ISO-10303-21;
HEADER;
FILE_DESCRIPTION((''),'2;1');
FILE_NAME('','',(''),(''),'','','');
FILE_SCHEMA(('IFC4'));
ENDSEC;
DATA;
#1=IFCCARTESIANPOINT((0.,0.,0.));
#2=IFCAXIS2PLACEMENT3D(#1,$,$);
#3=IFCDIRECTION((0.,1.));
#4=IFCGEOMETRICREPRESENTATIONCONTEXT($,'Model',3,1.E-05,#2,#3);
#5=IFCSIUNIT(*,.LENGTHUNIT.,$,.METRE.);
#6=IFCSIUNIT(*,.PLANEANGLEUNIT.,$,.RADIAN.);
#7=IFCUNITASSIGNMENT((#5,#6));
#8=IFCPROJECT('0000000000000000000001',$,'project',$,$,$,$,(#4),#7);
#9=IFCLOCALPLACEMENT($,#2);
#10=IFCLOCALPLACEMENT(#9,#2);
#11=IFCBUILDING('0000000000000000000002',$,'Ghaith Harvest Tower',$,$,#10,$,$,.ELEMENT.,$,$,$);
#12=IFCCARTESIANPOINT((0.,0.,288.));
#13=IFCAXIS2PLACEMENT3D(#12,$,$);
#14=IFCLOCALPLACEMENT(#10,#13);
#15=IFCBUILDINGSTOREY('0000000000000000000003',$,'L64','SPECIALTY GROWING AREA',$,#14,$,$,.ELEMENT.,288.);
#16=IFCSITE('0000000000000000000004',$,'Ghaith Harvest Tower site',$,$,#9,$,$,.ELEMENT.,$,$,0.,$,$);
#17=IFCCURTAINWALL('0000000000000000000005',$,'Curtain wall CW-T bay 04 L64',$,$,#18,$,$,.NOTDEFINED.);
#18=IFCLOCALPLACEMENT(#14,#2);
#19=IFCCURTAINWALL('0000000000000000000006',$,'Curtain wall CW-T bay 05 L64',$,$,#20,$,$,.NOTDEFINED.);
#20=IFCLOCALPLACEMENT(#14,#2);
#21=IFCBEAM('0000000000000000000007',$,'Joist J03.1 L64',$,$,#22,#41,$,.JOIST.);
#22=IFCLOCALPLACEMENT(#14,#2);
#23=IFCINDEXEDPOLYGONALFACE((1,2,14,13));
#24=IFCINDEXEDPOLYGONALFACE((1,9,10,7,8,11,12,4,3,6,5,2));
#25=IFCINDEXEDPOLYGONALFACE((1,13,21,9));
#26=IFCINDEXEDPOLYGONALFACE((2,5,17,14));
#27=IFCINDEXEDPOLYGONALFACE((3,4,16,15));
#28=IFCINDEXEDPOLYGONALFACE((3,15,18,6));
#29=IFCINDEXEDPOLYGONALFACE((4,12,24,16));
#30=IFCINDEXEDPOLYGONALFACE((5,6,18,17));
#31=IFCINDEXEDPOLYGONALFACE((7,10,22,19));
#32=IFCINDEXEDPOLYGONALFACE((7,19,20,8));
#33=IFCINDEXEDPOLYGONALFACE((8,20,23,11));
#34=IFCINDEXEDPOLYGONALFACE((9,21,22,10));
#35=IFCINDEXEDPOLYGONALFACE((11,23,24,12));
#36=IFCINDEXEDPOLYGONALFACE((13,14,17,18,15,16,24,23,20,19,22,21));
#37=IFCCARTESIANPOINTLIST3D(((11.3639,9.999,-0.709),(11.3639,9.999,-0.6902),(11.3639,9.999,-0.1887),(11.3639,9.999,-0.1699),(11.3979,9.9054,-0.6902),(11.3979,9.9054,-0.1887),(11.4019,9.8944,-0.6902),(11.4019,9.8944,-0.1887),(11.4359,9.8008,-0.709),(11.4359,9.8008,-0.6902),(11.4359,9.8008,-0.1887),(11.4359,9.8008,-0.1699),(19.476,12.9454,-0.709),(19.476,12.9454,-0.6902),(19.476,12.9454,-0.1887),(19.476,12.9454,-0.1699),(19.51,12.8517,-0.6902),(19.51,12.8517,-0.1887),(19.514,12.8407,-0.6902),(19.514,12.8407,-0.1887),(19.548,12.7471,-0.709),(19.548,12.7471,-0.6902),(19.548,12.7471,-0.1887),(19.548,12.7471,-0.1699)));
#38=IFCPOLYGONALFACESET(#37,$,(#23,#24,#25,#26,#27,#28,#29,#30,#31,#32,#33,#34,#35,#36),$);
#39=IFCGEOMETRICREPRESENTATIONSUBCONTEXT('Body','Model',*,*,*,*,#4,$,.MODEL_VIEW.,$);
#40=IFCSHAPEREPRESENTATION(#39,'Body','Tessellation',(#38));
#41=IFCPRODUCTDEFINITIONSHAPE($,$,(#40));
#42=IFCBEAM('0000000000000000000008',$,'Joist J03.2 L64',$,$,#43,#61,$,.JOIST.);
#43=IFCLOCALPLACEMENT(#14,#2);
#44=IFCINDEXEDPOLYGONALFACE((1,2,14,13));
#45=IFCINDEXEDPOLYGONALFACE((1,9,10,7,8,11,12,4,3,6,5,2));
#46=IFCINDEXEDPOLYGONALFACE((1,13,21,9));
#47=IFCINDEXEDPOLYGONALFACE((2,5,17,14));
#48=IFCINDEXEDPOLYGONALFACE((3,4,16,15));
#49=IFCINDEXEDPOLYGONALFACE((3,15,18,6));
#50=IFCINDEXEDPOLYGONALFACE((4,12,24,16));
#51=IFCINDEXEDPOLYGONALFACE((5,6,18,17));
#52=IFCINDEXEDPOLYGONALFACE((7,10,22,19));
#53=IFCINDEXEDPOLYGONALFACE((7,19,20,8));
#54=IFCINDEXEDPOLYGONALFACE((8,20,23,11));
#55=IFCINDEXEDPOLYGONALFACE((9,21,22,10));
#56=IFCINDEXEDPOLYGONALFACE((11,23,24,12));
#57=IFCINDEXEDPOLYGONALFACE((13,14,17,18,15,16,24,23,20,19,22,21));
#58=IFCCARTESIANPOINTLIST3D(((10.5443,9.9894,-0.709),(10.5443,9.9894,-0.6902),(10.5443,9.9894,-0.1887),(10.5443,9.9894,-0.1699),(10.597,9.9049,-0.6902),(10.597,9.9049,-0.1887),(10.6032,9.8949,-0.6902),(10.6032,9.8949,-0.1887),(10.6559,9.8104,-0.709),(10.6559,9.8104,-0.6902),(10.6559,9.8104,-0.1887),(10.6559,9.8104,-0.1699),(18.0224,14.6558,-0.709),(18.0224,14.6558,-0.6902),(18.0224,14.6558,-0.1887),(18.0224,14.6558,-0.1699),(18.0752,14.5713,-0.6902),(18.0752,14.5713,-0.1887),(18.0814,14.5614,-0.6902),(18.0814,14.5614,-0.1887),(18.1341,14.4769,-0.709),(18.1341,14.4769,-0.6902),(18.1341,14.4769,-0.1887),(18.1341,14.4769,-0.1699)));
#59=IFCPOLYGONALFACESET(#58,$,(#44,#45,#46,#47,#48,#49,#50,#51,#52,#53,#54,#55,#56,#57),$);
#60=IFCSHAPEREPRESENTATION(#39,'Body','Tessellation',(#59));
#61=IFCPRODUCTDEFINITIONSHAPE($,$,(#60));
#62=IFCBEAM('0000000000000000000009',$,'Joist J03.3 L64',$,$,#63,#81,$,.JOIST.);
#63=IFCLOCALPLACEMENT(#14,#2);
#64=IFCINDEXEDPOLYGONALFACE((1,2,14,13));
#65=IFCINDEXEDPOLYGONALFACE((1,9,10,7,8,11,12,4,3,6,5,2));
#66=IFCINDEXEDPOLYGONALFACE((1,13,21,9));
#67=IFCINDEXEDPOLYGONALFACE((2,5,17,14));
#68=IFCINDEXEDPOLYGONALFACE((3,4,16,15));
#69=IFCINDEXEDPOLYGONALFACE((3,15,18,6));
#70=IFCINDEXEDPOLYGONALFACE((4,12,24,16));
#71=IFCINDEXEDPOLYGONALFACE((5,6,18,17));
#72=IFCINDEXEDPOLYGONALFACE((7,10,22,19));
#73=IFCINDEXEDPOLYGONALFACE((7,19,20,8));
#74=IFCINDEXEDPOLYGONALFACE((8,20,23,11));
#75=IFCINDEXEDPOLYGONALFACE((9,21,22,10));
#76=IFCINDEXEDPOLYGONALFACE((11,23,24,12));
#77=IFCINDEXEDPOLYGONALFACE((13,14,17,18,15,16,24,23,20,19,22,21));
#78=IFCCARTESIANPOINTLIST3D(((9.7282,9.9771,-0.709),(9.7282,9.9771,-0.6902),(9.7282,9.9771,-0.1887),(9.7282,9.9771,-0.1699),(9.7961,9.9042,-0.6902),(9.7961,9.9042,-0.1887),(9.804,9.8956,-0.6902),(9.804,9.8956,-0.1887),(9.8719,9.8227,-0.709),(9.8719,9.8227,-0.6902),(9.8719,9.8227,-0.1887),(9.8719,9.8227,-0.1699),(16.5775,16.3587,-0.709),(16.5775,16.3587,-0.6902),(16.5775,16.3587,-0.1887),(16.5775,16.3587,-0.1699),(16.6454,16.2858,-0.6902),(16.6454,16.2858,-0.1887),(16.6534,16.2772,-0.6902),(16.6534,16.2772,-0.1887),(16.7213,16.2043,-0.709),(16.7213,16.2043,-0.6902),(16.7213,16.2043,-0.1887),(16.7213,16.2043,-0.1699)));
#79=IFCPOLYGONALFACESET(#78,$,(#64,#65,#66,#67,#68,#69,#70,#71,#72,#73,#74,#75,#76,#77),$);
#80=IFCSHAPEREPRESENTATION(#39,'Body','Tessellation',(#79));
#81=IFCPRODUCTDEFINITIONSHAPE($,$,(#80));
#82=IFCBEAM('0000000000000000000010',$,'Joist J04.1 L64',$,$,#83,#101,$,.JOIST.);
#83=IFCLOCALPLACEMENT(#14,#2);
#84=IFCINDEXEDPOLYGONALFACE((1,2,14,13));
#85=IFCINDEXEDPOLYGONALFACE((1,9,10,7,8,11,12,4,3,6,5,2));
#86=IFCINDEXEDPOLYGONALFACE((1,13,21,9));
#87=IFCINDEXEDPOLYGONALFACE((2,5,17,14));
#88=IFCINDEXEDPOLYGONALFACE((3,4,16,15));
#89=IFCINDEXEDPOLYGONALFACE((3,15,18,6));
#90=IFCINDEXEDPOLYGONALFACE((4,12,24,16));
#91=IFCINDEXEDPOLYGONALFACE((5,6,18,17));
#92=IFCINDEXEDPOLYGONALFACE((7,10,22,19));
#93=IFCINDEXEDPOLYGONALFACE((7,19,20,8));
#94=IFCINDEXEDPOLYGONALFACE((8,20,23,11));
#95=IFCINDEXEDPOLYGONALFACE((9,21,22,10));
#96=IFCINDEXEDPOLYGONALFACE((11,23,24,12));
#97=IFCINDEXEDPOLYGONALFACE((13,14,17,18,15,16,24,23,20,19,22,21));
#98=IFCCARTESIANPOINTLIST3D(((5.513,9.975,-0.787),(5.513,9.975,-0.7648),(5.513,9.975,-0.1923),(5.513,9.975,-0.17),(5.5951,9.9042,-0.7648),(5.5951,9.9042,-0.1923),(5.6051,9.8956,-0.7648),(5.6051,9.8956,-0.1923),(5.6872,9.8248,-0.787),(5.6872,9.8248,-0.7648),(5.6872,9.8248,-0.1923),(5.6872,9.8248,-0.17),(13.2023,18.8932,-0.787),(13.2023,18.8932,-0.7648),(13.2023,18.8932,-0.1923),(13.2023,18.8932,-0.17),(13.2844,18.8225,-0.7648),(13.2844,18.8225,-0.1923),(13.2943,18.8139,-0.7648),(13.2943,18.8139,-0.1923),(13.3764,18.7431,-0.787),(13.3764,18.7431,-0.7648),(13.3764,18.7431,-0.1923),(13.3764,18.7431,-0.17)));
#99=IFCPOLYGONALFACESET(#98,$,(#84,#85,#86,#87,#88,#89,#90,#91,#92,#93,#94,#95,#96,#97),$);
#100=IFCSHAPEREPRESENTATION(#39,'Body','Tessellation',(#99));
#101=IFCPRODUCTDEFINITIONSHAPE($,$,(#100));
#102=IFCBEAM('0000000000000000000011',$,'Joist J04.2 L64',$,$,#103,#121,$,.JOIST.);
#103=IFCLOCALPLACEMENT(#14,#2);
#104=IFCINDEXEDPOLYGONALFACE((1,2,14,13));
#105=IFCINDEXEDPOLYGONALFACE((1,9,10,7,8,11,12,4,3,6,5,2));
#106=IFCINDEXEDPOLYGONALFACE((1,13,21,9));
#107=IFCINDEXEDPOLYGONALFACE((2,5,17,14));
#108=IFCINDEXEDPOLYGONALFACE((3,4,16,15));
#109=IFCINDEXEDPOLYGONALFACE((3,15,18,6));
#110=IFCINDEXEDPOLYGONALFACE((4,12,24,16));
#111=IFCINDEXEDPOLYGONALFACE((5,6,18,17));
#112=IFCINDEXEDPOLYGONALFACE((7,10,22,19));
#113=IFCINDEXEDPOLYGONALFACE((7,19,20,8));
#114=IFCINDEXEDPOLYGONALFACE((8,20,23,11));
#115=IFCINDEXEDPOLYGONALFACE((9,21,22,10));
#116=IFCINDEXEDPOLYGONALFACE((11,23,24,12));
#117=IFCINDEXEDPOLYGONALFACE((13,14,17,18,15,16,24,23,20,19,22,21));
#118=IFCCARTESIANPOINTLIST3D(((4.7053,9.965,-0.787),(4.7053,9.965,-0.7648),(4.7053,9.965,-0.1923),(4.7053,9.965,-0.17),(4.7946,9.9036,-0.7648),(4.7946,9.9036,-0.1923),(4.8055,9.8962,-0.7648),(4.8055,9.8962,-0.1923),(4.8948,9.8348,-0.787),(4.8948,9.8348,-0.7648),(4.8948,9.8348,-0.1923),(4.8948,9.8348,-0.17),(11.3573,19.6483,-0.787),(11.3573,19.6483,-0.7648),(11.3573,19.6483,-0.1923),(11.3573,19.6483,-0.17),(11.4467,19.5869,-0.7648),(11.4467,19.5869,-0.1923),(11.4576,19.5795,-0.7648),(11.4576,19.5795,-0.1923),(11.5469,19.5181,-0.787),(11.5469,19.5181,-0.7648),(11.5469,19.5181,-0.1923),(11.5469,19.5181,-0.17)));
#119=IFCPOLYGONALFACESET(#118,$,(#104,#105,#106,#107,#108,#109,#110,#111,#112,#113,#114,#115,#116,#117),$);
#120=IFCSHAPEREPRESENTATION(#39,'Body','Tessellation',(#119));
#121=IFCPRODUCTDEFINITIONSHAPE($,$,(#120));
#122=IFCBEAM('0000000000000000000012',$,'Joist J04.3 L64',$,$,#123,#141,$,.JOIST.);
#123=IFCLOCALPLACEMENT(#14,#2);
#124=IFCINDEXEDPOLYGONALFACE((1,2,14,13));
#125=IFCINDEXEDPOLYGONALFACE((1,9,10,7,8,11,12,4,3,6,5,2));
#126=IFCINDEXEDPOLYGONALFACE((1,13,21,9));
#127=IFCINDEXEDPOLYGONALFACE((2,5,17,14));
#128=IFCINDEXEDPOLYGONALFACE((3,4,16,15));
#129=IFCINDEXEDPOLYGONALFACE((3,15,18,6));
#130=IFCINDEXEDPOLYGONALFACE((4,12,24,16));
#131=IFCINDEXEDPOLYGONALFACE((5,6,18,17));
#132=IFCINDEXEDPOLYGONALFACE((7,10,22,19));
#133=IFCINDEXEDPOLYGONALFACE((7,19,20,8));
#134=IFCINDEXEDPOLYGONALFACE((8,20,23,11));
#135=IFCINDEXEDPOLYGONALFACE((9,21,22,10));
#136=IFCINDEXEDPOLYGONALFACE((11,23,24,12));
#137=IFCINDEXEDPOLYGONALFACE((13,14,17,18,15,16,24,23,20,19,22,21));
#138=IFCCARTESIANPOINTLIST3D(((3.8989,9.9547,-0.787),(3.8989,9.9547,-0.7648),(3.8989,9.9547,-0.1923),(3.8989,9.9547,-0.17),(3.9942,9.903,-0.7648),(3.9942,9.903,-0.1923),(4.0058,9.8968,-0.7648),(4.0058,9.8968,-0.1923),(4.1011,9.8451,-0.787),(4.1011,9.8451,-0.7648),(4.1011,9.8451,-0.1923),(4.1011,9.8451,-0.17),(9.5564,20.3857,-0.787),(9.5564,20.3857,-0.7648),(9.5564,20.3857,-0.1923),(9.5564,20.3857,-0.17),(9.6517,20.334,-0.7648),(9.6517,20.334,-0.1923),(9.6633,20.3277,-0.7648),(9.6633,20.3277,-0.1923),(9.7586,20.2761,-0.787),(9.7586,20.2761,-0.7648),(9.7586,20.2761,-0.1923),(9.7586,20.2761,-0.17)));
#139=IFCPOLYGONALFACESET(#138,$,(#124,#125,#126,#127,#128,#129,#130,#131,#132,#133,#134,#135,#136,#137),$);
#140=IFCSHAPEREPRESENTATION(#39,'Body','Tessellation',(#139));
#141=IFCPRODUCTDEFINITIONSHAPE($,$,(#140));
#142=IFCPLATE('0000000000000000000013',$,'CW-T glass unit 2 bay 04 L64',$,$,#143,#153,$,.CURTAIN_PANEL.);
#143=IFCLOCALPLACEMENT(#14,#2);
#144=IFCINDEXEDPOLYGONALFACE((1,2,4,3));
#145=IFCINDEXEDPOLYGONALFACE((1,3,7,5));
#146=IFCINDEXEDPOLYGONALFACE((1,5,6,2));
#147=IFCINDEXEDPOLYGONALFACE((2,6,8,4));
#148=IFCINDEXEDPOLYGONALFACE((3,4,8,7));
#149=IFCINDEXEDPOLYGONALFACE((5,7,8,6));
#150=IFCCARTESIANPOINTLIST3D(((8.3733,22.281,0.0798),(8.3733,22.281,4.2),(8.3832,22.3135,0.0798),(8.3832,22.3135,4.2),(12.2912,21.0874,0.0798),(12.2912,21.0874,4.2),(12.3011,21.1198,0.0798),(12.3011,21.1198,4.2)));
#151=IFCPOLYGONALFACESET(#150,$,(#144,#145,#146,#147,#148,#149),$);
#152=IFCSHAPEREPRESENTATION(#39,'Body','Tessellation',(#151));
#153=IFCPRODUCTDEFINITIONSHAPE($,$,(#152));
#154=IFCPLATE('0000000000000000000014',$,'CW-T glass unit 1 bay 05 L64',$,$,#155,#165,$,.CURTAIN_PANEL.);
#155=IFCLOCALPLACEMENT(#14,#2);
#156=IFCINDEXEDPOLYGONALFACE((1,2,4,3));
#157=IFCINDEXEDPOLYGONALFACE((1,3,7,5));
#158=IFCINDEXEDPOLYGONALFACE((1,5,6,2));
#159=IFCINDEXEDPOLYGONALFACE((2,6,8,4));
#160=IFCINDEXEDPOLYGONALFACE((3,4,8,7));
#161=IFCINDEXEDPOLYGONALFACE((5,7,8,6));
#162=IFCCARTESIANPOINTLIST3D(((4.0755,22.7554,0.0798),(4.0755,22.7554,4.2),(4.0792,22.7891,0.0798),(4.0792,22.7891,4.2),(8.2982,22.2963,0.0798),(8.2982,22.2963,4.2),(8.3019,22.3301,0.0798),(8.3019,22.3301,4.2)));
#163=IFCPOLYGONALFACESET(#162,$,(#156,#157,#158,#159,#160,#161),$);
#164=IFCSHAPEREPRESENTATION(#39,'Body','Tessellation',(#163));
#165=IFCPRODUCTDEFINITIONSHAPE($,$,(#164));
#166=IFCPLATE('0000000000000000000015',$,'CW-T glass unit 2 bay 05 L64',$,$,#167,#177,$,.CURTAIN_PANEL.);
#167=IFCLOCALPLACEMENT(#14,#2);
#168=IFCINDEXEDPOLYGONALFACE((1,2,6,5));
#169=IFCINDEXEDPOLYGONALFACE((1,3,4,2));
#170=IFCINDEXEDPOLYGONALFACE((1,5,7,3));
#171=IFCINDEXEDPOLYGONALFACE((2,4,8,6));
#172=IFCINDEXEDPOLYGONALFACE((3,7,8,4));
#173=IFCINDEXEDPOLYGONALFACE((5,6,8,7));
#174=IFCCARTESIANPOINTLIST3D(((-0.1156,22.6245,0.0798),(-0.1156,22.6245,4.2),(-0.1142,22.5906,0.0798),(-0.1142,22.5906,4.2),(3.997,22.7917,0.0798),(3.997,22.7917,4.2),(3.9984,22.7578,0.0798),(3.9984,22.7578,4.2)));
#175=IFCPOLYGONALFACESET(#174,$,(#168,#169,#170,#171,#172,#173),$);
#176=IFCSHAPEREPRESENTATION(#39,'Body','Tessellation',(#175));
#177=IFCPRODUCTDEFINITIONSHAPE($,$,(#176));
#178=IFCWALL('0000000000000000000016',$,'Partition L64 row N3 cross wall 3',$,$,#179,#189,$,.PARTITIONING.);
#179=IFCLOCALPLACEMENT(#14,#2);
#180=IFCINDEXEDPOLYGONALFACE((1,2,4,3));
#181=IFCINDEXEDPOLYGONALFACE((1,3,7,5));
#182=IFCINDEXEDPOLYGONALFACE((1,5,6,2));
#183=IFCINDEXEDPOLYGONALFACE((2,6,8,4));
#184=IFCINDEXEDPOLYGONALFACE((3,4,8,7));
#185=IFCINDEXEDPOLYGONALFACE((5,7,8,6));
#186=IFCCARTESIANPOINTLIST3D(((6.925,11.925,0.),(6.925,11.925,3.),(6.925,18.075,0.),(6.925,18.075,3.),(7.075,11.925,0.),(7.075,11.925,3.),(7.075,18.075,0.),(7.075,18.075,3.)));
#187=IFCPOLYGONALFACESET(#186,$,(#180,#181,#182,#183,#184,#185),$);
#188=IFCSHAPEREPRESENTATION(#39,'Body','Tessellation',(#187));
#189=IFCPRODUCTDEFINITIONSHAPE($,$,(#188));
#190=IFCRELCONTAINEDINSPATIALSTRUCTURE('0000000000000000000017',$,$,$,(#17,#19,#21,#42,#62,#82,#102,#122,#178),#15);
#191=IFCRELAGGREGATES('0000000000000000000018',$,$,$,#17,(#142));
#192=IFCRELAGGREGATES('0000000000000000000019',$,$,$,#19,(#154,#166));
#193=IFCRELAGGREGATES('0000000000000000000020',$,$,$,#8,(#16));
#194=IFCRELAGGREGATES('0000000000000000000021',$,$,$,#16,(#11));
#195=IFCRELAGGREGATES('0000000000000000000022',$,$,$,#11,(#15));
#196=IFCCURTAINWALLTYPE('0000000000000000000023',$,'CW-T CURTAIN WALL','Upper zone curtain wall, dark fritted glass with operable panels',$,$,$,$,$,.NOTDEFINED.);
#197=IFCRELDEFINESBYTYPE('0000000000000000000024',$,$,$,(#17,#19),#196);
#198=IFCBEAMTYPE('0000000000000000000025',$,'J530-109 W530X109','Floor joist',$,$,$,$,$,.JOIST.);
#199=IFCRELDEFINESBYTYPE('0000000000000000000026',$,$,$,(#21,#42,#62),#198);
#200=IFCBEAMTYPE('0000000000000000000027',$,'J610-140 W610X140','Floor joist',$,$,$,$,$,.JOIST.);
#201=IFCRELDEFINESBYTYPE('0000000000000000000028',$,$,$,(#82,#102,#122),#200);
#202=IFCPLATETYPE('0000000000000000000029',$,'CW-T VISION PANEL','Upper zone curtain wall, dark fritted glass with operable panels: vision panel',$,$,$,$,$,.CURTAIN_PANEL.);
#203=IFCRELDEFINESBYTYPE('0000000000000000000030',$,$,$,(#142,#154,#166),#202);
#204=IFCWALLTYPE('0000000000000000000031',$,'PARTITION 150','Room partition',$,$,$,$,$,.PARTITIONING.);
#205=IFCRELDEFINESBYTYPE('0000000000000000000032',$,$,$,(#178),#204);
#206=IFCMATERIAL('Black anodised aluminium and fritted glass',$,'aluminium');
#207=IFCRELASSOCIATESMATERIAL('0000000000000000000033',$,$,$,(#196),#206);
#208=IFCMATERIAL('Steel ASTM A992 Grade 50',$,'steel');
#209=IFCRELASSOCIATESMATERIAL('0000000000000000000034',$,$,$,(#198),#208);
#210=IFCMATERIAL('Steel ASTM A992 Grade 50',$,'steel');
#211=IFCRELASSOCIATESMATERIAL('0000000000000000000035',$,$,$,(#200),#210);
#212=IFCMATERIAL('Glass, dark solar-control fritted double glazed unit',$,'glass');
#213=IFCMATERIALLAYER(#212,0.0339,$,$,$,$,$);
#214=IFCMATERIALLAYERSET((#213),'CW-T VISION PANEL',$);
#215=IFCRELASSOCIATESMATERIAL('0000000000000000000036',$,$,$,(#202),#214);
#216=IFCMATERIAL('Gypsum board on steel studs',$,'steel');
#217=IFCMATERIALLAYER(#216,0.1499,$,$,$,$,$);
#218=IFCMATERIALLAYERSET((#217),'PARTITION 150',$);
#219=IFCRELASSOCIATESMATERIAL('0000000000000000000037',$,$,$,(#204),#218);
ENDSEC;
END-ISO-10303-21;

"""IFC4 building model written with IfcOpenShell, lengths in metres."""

from ifc_helpers import new_model, si_unit, direction, frame, frame_2d, origin, origin_2d, place, context, subcontext, project, spatial, rectangle, i_section, extrude, material, layer, layer_set, material_profile, profile_set, type_object, element, aggregate, save


model = new_model("IFC4")

# Units and contexts
model_context = context("Model", 3, precision=1e-05, world=origin(), true_north=direction((0.0, 1.0)))
body_context = subcontext(model_context, "Body", "Model", "MODEL_VIEW")
ifc_project = project(units=[si_unit("LENGTHUNIT", "METRE"), si_unit("PLANEANGLEUNIT", "RADIAN")], contexts=[model_context])

# Site, building, storey
site_placement = place(None, origin())
site = spatial("IfcSite", under=ifc_project, at=site_placement, Name="Ghaith Harvest Tower site", CompositionType="ELEMENT", RefElevation=0.0)
building_placement = place(site_placement, origin())
building = spatial("IfcBuilding", under=site, at=building_placement, Name="Ghaith Harvest Tower", CompositionType="ELEMENT")
storey_placement = place(building_placement, frame((0.0, 0.0, 288.0)))
storey = spatial("IfcBuildingStorey", under=building, at=storey_placement, Name="L64", Description="SPECIALTY GROWING AREA", CompositionType="ELEMENT", Elevation=288.0)

# Curtain wall
ifc_material_1 = material(Name="Black anodised aluminium and fritted glass", Category="aluminium")
curtain_wall_type = type_object("IfcCurtainWallType", Name="CW-T CURTAIN WALL", Description="Upper zone curtain wall, dark fritted glass with operable panels", PredefinedType="NOTDEFINED", material=ifc_material_1)
curtain_wall_1_placement = place(storey_placement, origin())
curtain_wall_1 = element("IfcCurtainWall", 1, at=curtain_wall_1_placement, inside=storey, type_object=curtain_wall_type, Name="Curtain wall CW-T bay 04 L64", PredefinedType="NOTDEFINED")

# Curtain wall
curtain_wall_2_placement = place(storey_placement, origin())
curtain_wall_2 = element("IfcCurtainWall", 2, at=curtain_wall_2_placement, inside=storey, type_object=curtain_wall_type, Name="Curtain wall CW-T bay 05 L64", PredefinedType="NOTDEFINED")

# Beams
ifc_material_2 = material(Name="Steel ASTM A992 Grade 50", Category="steel")
ifc_material_profile_1 = material_profile(ifc_material_2, i_section(OverallWidth=0.2109, OverallDepth=0.5391, WebThickness=0.0117, FlangeThickness=0.0188, at=origin_2d()), Name="W530X109")
ifc_profile_set_1 = profile_set([ifc_material_profile_1], Name="Steel ASTM A992 Grade 50")
beam_type_1 = type_object("IfcBeamType", Name="J530-109 W530X109", Description="Floor joist", PredefinedType="JOIST", material=ifc_profile_set_1)
beam_1_placement = place(storey_placement, frame((11.3999, 9.8999, -0.4395), z_axis=(0.939926, 0.34138, 0.0), x_axis=(-0.34138, 0.939926, 0.0)))
element("IfcBeam", 3, at=beam_1_placement, inside=storey, type_object=beam_type_1, Name="Joist J03.1 L64", PredefinedType="JOIST", context=body_context, shape_type="SweptSolid", body=[
    extrude(i_section(OverallWidth=0.2109, OverallDepth=0.5391, WebThickness=0.0117, FlangeThickness=0.0188, at=origin_2d()), origin(), (0.0, 0.0, 1.0), 8.6306),
])
beam_2_placement = place(storey_placement, frame((10.6001, 9.8999, -0.4395), z_axis=(0.848376, 0.529394, 0.0), x_axis=(-0.529394, 0.848376, 0.0)))
element("IfcBeam", 4, at=beam_2_placement, inside=storey, type_object=beam_type_1, Name="Joist J03.2 L64", PredefinedType="JOIST", context=body_context, shape_type="SweptSolid", body=[
    extrude(i_section(OverallWidth=0.2109, OverallDepth=0.5391, WebThickness=0.0117, FlangeThickness=0.0188, at=origin_2d()), origin(), (0.0, 0.0, 1.0), 8.8147),
])
beam_3_placement = place(storey_placement, frame((9.8, 9.8999, -0.4395), z_axis=(0.731649, 0.681682, 0.0), x_axis=(-0.681682, 0.731649, 0.0)))
element("IfcBeam", 5, at=beam_3_placement, inside=storey, type_object=beam_type_1, Name="Joist J03.3 L64", PredefinedType="JOIST", context=body_context, shape_type="SweptSolid", body=[
    extrude(i_section(OverallWidth=0.2109, OverallDepth=0.5391, WebThickness=0.0117, FlangeThickness=0.0188, at=origin_2d()), origin(), (0.0, 0.0, 1.0), 9.3616),
])
ifc_material_3 = material(Name="Steel ASTM A992 Grade 50", Category="steel")
ifc_material_profile_2 = material_profile(ifc_material_3, i_section(OverallWidth=0.23, OverallDepth=0.6169, WebThickness=0.0132, FlangeThickness=0.0222, at=origin_2d()), Name="W610X140")
ifc_profile_set_2 = profile_set([ifc_material_profile_2], Name="Steel ASTM A992 Grade 50")
beam_type_2 = type_object("IfcBeamType", Name="J610-140 W610X140", Description="Floor joist", PredefinedType="JOIST", material=ifc_profile_set_2)
beam_4_placement = place(storey_placement, frame((5.6001, 9.8999, -0.4785), z_axis=(0.652993, 0.757364, 0.0), x_axis=(-0.757364, 0.652993, 0.0)))
element("IfcBeam", 6, at=beam_4_placement, inside=storey, type_object=beam_type_2, Name="Joist J04.1 L64", PredefinedType="JOIST", context=body_context, shape_type="SweptSolid", body=[
    extrude(i_section(OverallWidth=0.23, OverallDepth=0.6169, WebThickness=0.0132, FlangeThickness=0.0222, at=origin_2d()), origin(), (0.0, 0.0, 1.0), 11.7754),
])
beam_5_placement = place(storey_placement, frame((4.8, 9.8999, -0.4785), z_axis=(0.566228, 0.824249, 0.0), x_axis=(-0.824249, 0.566228, 0.0)))
element("IfcBeam", 7, at=beam_5_placement, inside=storey, type_object=beam_type_2, Name="Joist J04.2 L64", PredefinedType="JOIST", context=body_context, shape_type="SweptSolid", body=[
    extrude(i_section(OverallWidth=0.23, OverallDepth=0.6169, WebThickness=0.0132, FlangeThickness=0.0222, at=origin_2d()), origin(), (0.0, 0.0, 1.0), 11.748),
])
beam_6_placement = place(storey_placement, frame((4.0, 9.8999, -0.4785), z_axis=(0.476765, 0.879031, 0.0), x_axis=(-0.879031, 0.476765, 0.0)))
element("IfcBeam", 8, at=beam_6_placement, inside=storey, type_object=beam_type_2, Name="Joist J04.3 L64", PredefinedType="JOIST", context=body_context, shape_type="SweptSolid", body=[
    extrude(i_section(OverallWidth=0.23, OverallDepth=0.6169, WebThickness=0.0132, FlangeThickness=0.0222, at=origin_2d()), origin(), (0.0, 0.0, 1.0), 11.8665),
])

# Plates
ifc_material_4 = material(Name="Glass, dark solar-control fritted double glazed unit", Category="glass")
ifc_layer_1 = layer(ifc_material_4, 0.0339)
ifc_layer_set_1 = layer_set([ifc_layer_1], Name="CW-T VISION PANEL")
plate_type = type_object("IfcPlateType", Name="CW-T VISION PANEL", Description="Upper zone curtain wall, dark fritted glass with operable panels: vision panel", PredefinedType="CURTAIN_PANEL", material=ifc_layer_set_1)
plate_1_placement = place(storey_placement, frame((10.3372, 21.7004, 0.0798), z_axis=(0.0, 0.0, 1.0), x_axis=(-0.956588, 0.291445, 0.0)))
plate_1 = element("IfcPlate", 9, at=plate_1_placement, type_object=plate_type, Name="CW-T glass unit 2 bay 04 L64", PredefinedType="CURTAIN_PANEL", context=body_context, shape_type="SweptSolid", body=[
    extrude(rectangle(XDim=4.0957, YDim=0.0339, at=origin_2d()), origin(), (0.0, 0.0, 1.0), 4.1201),
])
aggregate(curtain_wall_1, [plate_1])
plate_2_placement = place(storey_placement, frame((6.1887, 22.5427, 0.0798), z_axis=(0.0, 0.0, 1.0), x_axis=(-0.994143, 0.108074, 0.0)))
plate_2 = element("IfcPlate", 10, at=plate_2_placement, type_object=plate_type, Name="CW-T glass unit 1 bay 05 L64", PredefinedType="CURTAIN_PANEL", context=body_context, shape_type="SweptSolid", body=[
    extrude(rectangle(XDim=4.2476, YDim=0.0339, at=origin_2d()), origin(), (0.0, 0.0, 1.0), 4.1201),
])
plate_3_placement = place(storey_placement, frame((1.9414, 22.6912, 0.0798), z_axis=(0.0, 0.0, 1.0), x_axis=(-0.999174, -0.040638, 0.0)))
plate_3 = element("IfcPlate", 11, at=plate_3_placement, type_object=plate_type, Name="CW-T glass unit 2 bay 05 L64", PredefinedType="CURTAIN_PANEL", context=body_context, shape_type="SweptSolid", body=[
    extrude(rectangle(XDim=4.116, YDim=0.0339, at=origin_2d()), origin(), (0.0, 0.0, 1.0), 4.1201),
])
aggregate(curtain_wall_2, [plate_2, plate_3])

# Wall
ifc_material_5 = material(Name="Gypsum board on steel studs", Category="steel")
ifc_layer_2 = layer(ifc_material_5, 0.1499)
ifc_layer_set_2 = layer_set([ifc_layer_2], Name="PARTITION 150")
wall_type = type_object("IfcWallType", Name="PARTITION 150", Description="Room partition", PredefinedType="PARTITIONING", material=ifc_layer_set_2)
wall_1_placement = place(storey_placement, frame((7.0, 11.925, 0.0), z_axis=(0.0, 0.0, 1.0), x_axis=(0.0, 1.0, 0.0)))
element("IfcWall", 12, at=wall_1_placement, inside=storey, type_object=wall_type, Name="Partition L64 row N3 cross wall 3", PredefinedType="PARTITIONING", context=body_context, shape_type="SweptSolid", body=[
    extrude(rectangle(XDim=6.1499, YDim=0.1499, at=frame_2d((3.075, 0.0))), origin(), (0.0, 0.0, 1.0), 3.0),
])

save(model, "model.ifc")
